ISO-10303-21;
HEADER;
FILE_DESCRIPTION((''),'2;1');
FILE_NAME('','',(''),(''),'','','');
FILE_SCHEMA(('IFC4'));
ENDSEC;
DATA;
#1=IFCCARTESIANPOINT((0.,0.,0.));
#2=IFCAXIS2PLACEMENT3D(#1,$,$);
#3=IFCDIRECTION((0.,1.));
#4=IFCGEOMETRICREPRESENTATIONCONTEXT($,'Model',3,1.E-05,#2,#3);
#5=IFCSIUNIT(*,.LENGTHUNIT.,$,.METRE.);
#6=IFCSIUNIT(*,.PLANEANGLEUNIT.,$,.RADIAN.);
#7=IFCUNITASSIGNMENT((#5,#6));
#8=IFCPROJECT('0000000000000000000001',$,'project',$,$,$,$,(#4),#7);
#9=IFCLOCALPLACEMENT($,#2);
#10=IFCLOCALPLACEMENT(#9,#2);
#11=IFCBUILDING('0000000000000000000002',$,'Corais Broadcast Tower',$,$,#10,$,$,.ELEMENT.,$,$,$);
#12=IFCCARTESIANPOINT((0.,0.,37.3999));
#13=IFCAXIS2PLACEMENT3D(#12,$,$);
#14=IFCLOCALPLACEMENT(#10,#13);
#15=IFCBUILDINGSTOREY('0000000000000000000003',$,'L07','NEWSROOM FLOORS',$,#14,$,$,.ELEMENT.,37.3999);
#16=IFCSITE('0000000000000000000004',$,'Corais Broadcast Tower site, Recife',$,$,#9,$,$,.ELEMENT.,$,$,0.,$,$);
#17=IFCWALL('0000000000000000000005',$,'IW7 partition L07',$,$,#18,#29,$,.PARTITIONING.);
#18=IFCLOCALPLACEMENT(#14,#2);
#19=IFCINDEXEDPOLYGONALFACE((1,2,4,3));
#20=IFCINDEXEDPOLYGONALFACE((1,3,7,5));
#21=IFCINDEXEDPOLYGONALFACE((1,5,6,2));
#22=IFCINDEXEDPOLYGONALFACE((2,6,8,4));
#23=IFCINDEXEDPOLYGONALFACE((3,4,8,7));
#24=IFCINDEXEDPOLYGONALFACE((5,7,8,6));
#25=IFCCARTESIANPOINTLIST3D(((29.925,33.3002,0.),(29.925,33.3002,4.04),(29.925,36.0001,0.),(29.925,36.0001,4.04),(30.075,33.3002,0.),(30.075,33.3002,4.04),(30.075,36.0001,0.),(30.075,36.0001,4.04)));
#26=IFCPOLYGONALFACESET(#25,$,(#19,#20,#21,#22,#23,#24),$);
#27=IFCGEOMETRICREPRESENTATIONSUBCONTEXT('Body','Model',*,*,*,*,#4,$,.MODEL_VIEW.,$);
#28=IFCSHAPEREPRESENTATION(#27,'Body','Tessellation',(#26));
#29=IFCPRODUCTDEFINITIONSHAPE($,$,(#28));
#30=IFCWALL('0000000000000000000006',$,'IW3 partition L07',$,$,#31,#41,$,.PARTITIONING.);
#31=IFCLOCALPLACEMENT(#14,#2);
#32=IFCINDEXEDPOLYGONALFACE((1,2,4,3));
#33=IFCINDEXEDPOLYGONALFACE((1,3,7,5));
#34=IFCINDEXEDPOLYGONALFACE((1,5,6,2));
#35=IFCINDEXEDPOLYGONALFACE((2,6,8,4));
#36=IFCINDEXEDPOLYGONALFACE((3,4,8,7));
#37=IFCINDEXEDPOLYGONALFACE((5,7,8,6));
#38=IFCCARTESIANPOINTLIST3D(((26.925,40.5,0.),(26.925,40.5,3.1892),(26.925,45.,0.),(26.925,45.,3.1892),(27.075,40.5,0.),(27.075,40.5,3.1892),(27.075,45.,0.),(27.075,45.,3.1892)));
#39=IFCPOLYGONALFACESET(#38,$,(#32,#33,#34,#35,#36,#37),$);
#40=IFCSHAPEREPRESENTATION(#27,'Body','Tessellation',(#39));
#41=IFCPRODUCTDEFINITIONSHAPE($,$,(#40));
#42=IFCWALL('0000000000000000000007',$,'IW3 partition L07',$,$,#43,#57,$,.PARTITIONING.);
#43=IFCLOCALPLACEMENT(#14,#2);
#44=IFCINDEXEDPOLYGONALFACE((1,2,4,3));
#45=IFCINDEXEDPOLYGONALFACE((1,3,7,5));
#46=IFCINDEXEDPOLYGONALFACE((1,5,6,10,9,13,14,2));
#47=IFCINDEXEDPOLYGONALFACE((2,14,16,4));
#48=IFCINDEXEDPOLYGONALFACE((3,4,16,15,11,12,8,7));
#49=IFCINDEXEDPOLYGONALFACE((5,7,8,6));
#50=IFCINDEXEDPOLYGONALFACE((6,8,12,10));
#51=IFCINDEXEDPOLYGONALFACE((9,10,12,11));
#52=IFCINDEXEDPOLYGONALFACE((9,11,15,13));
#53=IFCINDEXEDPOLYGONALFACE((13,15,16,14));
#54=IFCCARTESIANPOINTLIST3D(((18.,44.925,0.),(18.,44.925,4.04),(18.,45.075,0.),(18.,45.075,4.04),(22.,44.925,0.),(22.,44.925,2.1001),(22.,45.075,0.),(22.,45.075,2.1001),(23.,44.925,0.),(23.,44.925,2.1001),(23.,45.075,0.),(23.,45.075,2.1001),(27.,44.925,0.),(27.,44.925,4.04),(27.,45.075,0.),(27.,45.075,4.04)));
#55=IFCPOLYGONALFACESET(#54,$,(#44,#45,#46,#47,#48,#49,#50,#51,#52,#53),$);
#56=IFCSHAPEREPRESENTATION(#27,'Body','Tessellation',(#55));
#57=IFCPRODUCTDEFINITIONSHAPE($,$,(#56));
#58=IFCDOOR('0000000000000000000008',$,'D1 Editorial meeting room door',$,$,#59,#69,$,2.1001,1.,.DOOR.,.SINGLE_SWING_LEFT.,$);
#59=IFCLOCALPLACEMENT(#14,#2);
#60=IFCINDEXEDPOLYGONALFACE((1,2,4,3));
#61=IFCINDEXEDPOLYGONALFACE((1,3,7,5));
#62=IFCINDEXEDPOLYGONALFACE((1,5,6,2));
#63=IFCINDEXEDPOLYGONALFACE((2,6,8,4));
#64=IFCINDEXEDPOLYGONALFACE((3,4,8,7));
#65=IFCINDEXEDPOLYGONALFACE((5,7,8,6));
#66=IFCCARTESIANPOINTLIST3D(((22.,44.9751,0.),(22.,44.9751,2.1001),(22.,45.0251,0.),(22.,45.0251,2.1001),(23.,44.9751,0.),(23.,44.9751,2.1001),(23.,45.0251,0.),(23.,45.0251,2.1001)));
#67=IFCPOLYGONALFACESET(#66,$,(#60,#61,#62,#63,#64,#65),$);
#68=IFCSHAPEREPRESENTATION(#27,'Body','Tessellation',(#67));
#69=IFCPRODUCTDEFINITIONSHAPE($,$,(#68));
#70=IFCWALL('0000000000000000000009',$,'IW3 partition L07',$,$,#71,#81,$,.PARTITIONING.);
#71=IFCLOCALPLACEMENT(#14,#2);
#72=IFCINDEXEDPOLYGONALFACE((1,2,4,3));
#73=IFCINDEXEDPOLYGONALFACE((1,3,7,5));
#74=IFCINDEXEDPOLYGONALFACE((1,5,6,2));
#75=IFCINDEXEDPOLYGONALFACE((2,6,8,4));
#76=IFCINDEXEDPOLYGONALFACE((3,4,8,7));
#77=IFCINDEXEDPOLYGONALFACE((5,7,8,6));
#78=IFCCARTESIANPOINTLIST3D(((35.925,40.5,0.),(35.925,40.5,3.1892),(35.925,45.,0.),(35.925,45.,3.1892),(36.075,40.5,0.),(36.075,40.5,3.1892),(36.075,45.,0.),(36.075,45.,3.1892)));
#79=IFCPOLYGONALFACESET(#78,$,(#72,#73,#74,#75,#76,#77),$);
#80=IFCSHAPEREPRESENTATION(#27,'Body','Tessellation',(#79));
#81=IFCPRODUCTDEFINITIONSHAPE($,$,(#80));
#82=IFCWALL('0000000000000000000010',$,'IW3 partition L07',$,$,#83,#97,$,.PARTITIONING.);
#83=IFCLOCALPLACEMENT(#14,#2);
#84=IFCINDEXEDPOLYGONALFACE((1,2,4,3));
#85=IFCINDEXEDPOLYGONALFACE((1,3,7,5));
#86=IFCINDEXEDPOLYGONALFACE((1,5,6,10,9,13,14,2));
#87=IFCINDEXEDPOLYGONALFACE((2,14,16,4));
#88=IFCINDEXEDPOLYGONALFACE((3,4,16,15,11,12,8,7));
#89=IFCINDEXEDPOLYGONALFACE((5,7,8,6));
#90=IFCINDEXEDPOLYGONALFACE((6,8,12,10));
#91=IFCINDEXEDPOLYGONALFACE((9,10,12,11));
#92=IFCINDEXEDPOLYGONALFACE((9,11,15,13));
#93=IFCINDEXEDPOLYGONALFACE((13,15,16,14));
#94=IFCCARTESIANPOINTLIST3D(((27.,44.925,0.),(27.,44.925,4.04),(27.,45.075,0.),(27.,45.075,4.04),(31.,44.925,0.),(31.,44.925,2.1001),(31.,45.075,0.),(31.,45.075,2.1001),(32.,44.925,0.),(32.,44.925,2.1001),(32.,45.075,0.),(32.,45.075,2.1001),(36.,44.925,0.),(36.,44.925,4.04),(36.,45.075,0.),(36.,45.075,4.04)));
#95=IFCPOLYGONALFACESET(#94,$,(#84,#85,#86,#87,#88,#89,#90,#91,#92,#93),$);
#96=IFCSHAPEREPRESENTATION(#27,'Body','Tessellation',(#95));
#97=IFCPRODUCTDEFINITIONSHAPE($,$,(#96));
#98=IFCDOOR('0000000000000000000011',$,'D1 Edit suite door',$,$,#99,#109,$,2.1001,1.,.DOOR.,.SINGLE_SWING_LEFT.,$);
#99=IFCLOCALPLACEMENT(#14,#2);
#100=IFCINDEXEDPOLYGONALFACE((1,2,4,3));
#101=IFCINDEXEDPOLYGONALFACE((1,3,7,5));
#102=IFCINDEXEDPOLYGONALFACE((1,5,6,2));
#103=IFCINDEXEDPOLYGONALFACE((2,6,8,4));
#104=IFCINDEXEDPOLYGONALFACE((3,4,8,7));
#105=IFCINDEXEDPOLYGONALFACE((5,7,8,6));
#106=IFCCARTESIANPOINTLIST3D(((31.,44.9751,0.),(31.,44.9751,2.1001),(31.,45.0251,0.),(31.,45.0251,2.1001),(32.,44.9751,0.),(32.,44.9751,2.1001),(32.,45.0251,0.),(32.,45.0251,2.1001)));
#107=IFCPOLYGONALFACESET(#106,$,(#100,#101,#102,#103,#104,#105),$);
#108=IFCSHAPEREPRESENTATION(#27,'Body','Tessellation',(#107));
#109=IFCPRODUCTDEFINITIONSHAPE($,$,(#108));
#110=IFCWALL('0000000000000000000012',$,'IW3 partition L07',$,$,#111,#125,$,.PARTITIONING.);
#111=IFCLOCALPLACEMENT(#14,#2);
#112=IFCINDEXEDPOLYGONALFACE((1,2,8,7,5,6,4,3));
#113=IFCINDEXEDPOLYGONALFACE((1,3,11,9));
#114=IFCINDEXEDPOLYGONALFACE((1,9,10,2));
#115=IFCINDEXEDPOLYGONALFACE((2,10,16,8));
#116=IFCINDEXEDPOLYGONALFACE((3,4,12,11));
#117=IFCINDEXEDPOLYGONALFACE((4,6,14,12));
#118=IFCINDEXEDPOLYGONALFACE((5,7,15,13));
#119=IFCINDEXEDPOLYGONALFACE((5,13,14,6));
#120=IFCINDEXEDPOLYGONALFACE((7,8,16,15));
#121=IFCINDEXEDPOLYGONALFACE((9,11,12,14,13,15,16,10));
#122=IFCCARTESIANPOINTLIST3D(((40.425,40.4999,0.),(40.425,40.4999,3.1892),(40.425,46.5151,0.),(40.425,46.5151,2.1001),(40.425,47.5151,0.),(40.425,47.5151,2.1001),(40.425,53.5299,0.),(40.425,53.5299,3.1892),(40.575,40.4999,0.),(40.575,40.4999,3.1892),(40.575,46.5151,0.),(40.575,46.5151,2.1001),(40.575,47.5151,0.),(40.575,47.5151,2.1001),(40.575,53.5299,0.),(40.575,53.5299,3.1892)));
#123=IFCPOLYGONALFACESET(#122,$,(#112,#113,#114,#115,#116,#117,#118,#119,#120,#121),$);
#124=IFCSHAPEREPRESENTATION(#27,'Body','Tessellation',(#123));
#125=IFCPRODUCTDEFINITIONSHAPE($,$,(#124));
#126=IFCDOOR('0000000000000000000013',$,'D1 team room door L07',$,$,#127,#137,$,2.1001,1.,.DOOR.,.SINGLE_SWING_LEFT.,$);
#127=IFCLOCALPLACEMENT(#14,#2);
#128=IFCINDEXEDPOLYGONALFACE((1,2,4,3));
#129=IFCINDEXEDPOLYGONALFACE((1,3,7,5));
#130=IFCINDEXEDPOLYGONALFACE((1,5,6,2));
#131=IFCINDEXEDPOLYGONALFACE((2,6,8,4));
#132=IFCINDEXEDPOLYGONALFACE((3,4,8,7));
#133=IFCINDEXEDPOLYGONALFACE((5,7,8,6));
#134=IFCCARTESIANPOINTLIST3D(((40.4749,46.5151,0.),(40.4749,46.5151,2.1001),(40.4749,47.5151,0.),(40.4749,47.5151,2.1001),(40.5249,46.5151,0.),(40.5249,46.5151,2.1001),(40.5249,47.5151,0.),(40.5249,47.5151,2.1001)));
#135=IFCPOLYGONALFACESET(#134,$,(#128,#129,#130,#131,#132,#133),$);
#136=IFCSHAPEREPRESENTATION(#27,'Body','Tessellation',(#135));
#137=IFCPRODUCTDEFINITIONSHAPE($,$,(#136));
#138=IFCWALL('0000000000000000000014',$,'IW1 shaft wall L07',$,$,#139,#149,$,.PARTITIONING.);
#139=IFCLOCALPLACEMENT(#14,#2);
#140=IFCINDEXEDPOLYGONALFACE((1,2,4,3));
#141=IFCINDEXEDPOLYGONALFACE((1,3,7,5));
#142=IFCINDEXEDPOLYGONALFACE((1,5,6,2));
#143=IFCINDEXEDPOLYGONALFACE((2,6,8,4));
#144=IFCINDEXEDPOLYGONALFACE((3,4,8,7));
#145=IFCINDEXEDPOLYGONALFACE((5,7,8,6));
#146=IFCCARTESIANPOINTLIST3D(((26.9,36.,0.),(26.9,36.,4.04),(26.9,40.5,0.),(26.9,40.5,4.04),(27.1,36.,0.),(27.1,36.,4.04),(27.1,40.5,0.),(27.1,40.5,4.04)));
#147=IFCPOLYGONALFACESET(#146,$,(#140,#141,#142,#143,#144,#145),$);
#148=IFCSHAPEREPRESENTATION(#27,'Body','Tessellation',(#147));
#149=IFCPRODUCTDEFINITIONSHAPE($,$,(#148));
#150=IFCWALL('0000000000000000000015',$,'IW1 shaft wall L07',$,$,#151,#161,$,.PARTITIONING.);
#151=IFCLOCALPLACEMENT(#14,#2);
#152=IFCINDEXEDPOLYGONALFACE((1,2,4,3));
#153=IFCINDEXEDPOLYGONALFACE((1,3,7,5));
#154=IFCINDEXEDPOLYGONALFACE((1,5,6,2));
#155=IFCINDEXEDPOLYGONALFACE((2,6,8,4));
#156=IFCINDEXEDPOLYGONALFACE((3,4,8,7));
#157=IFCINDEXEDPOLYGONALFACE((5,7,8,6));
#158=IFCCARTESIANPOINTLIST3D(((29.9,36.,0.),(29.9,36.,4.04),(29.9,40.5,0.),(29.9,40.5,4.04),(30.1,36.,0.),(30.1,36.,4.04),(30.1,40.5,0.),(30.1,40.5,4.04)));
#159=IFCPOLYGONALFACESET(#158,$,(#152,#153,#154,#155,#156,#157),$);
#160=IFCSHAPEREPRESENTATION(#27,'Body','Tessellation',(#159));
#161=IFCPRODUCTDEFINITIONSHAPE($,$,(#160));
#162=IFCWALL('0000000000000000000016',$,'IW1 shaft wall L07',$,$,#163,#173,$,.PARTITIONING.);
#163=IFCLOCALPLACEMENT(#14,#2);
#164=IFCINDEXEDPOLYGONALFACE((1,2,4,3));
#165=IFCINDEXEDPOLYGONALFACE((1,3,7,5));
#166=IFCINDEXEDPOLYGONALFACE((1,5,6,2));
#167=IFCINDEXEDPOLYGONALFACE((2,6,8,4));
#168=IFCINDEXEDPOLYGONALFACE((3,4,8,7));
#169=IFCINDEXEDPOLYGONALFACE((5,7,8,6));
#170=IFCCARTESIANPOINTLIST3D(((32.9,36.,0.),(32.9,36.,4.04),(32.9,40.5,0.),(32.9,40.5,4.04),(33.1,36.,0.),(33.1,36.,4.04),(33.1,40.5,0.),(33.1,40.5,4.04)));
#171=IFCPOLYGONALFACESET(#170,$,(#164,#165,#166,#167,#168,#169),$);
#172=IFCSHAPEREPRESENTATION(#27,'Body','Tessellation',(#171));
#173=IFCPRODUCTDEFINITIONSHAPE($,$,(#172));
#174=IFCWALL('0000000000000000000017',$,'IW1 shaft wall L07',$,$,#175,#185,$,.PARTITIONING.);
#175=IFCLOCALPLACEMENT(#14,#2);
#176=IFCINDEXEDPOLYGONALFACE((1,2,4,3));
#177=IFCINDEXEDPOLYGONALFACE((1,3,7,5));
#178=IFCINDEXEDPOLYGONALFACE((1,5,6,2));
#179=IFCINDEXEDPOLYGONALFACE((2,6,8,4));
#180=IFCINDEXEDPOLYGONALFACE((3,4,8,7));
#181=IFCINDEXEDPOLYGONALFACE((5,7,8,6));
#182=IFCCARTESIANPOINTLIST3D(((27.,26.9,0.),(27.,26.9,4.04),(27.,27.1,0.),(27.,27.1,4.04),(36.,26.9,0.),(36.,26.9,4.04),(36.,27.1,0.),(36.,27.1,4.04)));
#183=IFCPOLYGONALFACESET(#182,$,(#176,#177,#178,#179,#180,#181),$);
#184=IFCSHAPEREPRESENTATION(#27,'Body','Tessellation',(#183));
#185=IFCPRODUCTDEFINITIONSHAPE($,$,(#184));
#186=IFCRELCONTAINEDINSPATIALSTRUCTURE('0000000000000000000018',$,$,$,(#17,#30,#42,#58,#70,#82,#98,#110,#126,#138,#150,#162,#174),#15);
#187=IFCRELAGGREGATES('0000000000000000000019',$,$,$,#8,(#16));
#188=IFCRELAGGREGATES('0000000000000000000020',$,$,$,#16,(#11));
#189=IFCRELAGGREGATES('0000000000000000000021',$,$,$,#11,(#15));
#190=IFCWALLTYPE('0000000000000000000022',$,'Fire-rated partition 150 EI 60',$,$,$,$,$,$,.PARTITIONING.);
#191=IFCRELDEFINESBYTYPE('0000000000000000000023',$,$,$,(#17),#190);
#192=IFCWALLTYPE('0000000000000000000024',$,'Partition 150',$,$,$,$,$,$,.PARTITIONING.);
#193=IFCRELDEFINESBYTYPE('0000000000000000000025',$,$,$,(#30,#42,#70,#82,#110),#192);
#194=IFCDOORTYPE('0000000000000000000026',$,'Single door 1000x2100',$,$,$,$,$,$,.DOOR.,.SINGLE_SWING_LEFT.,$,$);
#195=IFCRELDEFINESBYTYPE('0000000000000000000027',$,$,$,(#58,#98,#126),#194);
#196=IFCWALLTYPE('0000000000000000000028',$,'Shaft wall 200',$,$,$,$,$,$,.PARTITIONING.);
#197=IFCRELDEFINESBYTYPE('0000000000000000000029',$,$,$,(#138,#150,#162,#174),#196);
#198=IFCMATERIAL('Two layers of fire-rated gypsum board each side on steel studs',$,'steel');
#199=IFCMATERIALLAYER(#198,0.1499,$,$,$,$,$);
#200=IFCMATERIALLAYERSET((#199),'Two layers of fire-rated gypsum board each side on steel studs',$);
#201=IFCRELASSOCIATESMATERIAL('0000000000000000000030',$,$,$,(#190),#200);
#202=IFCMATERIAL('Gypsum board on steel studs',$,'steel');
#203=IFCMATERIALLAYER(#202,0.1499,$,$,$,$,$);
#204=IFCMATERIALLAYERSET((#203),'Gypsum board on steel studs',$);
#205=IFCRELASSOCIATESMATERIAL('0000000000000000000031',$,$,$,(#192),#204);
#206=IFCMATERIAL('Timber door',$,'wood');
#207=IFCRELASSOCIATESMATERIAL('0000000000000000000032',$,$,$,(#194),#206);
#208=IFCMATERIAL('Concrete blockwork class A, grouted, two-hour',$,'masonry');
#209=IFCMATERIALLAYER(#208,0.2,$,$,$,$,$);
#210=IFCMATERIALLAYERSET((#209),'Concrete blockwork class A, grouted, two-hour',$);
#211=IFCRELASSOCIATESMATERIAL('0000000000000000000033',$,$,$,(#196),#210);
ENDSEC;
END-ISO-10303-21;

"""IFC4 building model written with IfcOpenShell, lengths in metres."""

from ifc_helpers import new_model, si_unit, direction, frame, frame_2d, origin, place, context, subcontext, project, spatial, rectangle, extrude, material, layer, layer_set, type_object, element, fill, save


model = new_model("IFC4")

# Units and contexts
model_context = context("Model", 3, precision=1e-05, world=origin(), true_north=direction((0.0, 1.0)))
body_context = subcontext(model_context, "Body", "Model", "MODEL_VIEW")
ifc_project = project(units=[si_unit("LENGTHUNIT", "METRE"), si_unit("PLANEANGLEUNIT", "RADIAN")], contexts=[model_context])

# Site, building, storey
site_placement = place(None, origin())
site = spatial("IfcSite", under=ifc_project, at=site_placement, Name="Corais Broadcast Tower site, Recife", CompositionType="ELEMENT", RefElevation=0.0)
building_placement = place(site_placement, origin())
building = spatial("IfcBuilding", under=site, at=building_placement, Name="Corais Broadcast Tower", CompositionType="ELEMENT")
storey_placement = place(building_placement, frame((0.0, 0.0, 37.3999)))
storey = spatial("IfcBuildingStorey", under=building, at=storey_placement, Name="L07", Description="NEWSROOM FLOORS", CompositionType="ELEMENT", Elevation=37.3999)

# Walls
ifc_material_1 = material(Name="Two layers of fire-rated gypsum board each side on steel studs", Category="steel")
ifc_layer_1 = layer(ifc_material_1, 0.1499)
ifc_layer_set_1 = layer_set([ifc_layer_1], Name="Two layers of fire-rated gypsum board each side on steel studs")
wall_type_1 = type_object("IfcWallType", Name="Fire-rated partition 150 EI 60", PredefinedType="PARTITIONING", material=ifc_layer_set_1)
for number, where, z_axis, x_axis, name in (
    (1, (30.0, 33.3, 0.0), (0.0, 0.0, 1.0), (0.0, 1.0, 0.0), "IW7 partition L07"),
):
    element("IfcWall", number, at=place(storey_placement, frame(where, z_axis=z_axis, x_axis=x_axis)), inside=storey, type_object=wall_type_1, Name=name, PredefinedType="PARTITIONING", context=body_context, shape_type="SweptSolid", body=[
        extrude(rectangle(XDim=2.7, YDim=0.1499, at=frame_2d((1.3501, 0.0))), origin(), (0.0, 0.0, 1.0), 4.04),
    ])
ifc_material_2 = material(Name="Gypsum board on steel studs", Category="steel")
ifc_layer_2 = layer(ifc_material_2, 0.1499)
ifc_layer_set_2 = layer_set([ifc_layer_2], Name="Gypsum board on steel studs")
wall_type_2 = type_object("IfcWallType", Name="Partition 150", PredefinedType="PARTITIONING", material=ifc_layer_set_2)
wall_1_placement = place(storey_placement, frame((27.0, 40.5, 0.0), z_axis=(0.0, 0.0, 1.0), x_axis=(0.0, 1.0, 0.0)))
element("IfcWall", 2, at=wall_1_placement, inside=storey, type_object=wall_type_2, Name="IW3 partition L07", PredefinedType="PARTITIONING", context=body_context, shape_type="SweptSolid", body=[
    extrude(rectangle(XDim=4.5, YDim=0.1499, at=frame_2d((2.25, 0.0))), origin(), (0.0, 0.0, 1.0), 3.1892),
])

# Wall, opening, door
wall_2_placement = place(storey_placement, frame((27.0, 45.0, 0.0), z_axis=(0.0, 0.0, 1.0), x_axis=(-1.0, 0.0, 0.0)))
wall_2 = element("IfcWall", 3, at=wall_2_placement, inside=storey, type_object=wall_type_2, Name="IW3 partition L07", PredefinedType="PARTITIONING", context=body_context, shape_type="SweptSolid", body=[
    extrude(rectangle(XDim=9.0, YDim=0.1499, at=frame_2d((4.5, 0.0))), origin(), (0.0, 0.0, 1.0), 4.04),
])
opening_1_placement = place(wall_2_placement, frame((4.0, 0.0, 0.0)))
opening_1 = element("IfcOpeningElement", 4, at=opening_1_placement, cuts=wall_2, PredefinedType="OPENING", context=body_context, shape_type="SweptSolid", body=[
    extrude(rectangle(XDim=1.0, YDim=2.1001, at=frame_2d((0.5, 1.05))), frame((0.0, 0.085, 0.0), z_axis=(0.0, -1.0, 0.0), x_axis=(1.0, 0.0, 0.0)), (0.0, 0.0, 1.0), 0.1699),
])
ifc_material_3 = material(Name="Timber door", Category="wood")
door_type = type_object("IfcDoorType", Name="Single door 1000x2100", OperationType="SINGLE_SWING_LEFT", PredefinedType="DOOR", material=ifc_material_3)
door_1_placement = place(opening_1_placement, origin())
door_1 = element("IfcDoor", 5, at=door_1_placement, inside=storey, type_object=door_type, Name="D1 Editorial meeting room door", OperationType="SINGLE_SWING_LEFT", OverallHeight=2.1001, OverallWidth=1.0, PredefinedType="DOOR", context=body_context, shape_type="SweptSolid", body=[
    extrude(rectangle(XDim=1.0, YDim=2.1001, at=frame_2d((0.5, 1.05))), frame((0.0, 0.0249, 0.0), z_axis=(0.0, -1.0, 0.0), x_axis=(1.0, 0.0, 0.0)), (0.0, 0.0, 1.0), 0.05),
])
fill(opening_1, door_1)

# Wall
wall_3_placement = place(storey_placement, frame((36.0, 40.5, 0.0), z_axis=(0.0, 0.0, 1.0), x_axis=(0.0, 1.0, 0.0)))
element("IfcWall", 6, at=wall_3_placement, inside=storey, type_object=wall_type_2, Name="IW3 partition L07", PredefinedType="PARTITIONING", context=body_context, shape_type="SweptSolid", body=[
    extrude(rectangle(XDim=4.5, YDim=0.1499, at=frame_2d((2.25, 0.0))), origin(), (0.0, 0.0, 1.0), 3.1892),
])

# Walls, openings, doors
wall_4_placement = place(storey_placement, frame((36.0, 45.0, 0.0), z_axis=(0.0, 0.0, 1.0), x_axis=(-1.0, 0.0, 0.0)))
wall_4 = element("IfcWall", 7, at=wall_4_placement, inside=storey, type_object=wall_type_2, Name="IW3 partition L07", PredefinedType="PARTITIONING", context=body_context, shape_type="SweptSolid", body=[
    extrude(rectangle(XDim=9.0, YDim=0.1499, at=frame_2d((4.5, 0.0))), origin(), (0.0, 0.0, 1.0), 4.04),
])
opening_2_placement = place(wall_4_placement, frame((4.0, 0.0, 0.0)))
opening_2 = element("IfcOpeningElement", 8, at=opening_2_placement, cuts=wall_4, PredefinedType="OPENING", context=body_context, shape_type="SweptSolid", body=[
    extrude(rectangle(XDim=1.0, YDim=2.1001, at=frame_2d((0.5, 1.05))), frame((0.0, 0.085, 0.0), z_axis=(0.0, -1.0, 0.0), x_axis=(1.0, 0.0, 0.0)), (0.0, 0.0, 1.0), 0.1699),
])
door_2_placement = place(opening_2_placement, origin())
door_2 = element("IfcDoor", 9, at=door_2_placement, inside=storey, type_object=door_type, Name="D1 Edit suite door", OperationType="SINGLE_SWING_LEFT", OverallHeight=2.1001, OverallWidth=1.0, PredefinedType="DOOR", context=body_context, shape_type="SweptSolid", body=[
    extrude(rectangle(XDim=1.0, YDim=2.1001, at=frame_2d((0.5, 1.05))), frame((0.0, 0.0249, 0.0), z_axis=(0.0, -1.0, 0.0), x_axis=(1.0, 0.0, 0.0)), (0.0, 0.0, 1.0), 0.05),
])
fill(opening_2, door_2)
wall_5_placement = place(storey_placement, frame((40.5, 53.53, 0.0), z_axis=(0.0, 0.0, 1.0), x_axis=(0.0, -1.0, 0.0)))
wall_5 = element("IfcWall", 10, at=wall_5_placement, inside=storey, type_object=wall_type_2, Name="IW3 partition L07", PredefinedType="PARTITIONING", context=body_context, shape_type="SweptSolid", body=[
    extrude(rectangle(XDim=13.03, YDim=0.1499, at=frame_2d((6.5151, 0.0))), origin(), (0.0, 0.0, 1.0), 3.1892),
])
opening_3_placement = place(wall_5_placement, frame((6.0149, 0.0, 0.0)))
opening_3 = element("IfcOpeningElement", 11, at=opening_3_placement, cuts=wall_5, PredefinedType="OPENING", context=body_context, shape_type="SweptSolid", body=[
    extrude(rectangle(XDim=1.0, YDim=2.1001, at=frame_2d((0.5, 1.05))), frame((0.0, 0.085, 0.0), z_axis=(0.0, -1.0, 0.0), x_axis=(1.0, 0.0, 0.0)), (0.0, 0.0, 1.0), 0.1699),
])
door_3_placement = place(opening_3_placement, origin())
door_3 = element("IfcDoor", 12, at=door_3_placement, inside=storey, type_object=door_type, Name="D1 team room door L07", OperationType="SINGLE_SWING_LEFT", OverallHeight=2.1001, OverallWidth=1.0, PredefinedType="DOOR", context=body_context, shape_type="SweptSolid", body=[
    extrude(rectangle(XDim=1.0, YDim=2.1001, at=frame_2d((0.5, 1.05))), frame((0.0, 0.0249, 0.0), z_axis=(0.0, -1.0, 0.0), x_axis=(1.0, 0.0, 0.0)), (0.0, 0.0, 1.0), 0.05),
])
fill(opening_3, door_3)

# Walls
ifc_material_4 = material(Name="Concrete blockwork class A, grouted, two-hour", Category="masonry")
ifc_layer_3 = layer(ifc_material_4, 0.2)
ifc_layer_set_3 = layer_set([ifc_layer_3], Name="Concrete blockwork class A, grouted, two-hour")
wall_type_3 = type_object("IfcWallType", Name="Shaft wall 200", PredefinedType="PARTITIONING", material=ifc_layer_set_3)
for number, where, z_axis, x_axis, name in (
    (13, (27.0, 36.0, 0.0), (0.0, 0.0, 1.0), (0.0, 1.0, 0.0), "IW1 shaft wall L07"),
    (14, (30.0, 36.0, 0.0), (0.0, 0.0, 1.0), (0.0, 1.0, 0.0), "IW1 shaft wall L07"),
    (15, (33.0, 36.0, 0.0), (0.0, 0.0, 1.0), (0.0, 1.0, 0.0), "IW1 shaft wall L07"),
):
    element("IfcWall", number, at=place(storey_placement, frame(where, z_axis=z_axis, x_axis=x_axis)), inside=storey, type_object=wall_type_3, Name=name, PredefinedType="PARTITIONING", context=body_context, shape_type="SweptSolid", body=[
        extrude(rectangle(XDim=4.5, YDim=0.2, at=frame_2d((2.25, 0.0))), origin(), (0.0, 0.0, 1.0), 4.04),
    ])
wall_6_placement = place(storey_placement, frame((27.0, 27.0, 0.0), z_axis=(0.0, 0.0, 1.0), x_axis=(1.0, 0.0, 0.0)))
element("IfcWall", 16, at=wall_6_placement, inside=storey, type_object=wall_type_3, Name="IW1 shaft wall L07", PredefinedType="PARTITIONING", context=body_context, shape_type="SweptSolid", body=[
    extrude(rectangle(XDim=9.0, YDim=0.2, at=frame_2d((4.5, 0.0))), origin(), (0.0, 0.0, 1.0), 4.04),
])

save(model, "model.ifc")
